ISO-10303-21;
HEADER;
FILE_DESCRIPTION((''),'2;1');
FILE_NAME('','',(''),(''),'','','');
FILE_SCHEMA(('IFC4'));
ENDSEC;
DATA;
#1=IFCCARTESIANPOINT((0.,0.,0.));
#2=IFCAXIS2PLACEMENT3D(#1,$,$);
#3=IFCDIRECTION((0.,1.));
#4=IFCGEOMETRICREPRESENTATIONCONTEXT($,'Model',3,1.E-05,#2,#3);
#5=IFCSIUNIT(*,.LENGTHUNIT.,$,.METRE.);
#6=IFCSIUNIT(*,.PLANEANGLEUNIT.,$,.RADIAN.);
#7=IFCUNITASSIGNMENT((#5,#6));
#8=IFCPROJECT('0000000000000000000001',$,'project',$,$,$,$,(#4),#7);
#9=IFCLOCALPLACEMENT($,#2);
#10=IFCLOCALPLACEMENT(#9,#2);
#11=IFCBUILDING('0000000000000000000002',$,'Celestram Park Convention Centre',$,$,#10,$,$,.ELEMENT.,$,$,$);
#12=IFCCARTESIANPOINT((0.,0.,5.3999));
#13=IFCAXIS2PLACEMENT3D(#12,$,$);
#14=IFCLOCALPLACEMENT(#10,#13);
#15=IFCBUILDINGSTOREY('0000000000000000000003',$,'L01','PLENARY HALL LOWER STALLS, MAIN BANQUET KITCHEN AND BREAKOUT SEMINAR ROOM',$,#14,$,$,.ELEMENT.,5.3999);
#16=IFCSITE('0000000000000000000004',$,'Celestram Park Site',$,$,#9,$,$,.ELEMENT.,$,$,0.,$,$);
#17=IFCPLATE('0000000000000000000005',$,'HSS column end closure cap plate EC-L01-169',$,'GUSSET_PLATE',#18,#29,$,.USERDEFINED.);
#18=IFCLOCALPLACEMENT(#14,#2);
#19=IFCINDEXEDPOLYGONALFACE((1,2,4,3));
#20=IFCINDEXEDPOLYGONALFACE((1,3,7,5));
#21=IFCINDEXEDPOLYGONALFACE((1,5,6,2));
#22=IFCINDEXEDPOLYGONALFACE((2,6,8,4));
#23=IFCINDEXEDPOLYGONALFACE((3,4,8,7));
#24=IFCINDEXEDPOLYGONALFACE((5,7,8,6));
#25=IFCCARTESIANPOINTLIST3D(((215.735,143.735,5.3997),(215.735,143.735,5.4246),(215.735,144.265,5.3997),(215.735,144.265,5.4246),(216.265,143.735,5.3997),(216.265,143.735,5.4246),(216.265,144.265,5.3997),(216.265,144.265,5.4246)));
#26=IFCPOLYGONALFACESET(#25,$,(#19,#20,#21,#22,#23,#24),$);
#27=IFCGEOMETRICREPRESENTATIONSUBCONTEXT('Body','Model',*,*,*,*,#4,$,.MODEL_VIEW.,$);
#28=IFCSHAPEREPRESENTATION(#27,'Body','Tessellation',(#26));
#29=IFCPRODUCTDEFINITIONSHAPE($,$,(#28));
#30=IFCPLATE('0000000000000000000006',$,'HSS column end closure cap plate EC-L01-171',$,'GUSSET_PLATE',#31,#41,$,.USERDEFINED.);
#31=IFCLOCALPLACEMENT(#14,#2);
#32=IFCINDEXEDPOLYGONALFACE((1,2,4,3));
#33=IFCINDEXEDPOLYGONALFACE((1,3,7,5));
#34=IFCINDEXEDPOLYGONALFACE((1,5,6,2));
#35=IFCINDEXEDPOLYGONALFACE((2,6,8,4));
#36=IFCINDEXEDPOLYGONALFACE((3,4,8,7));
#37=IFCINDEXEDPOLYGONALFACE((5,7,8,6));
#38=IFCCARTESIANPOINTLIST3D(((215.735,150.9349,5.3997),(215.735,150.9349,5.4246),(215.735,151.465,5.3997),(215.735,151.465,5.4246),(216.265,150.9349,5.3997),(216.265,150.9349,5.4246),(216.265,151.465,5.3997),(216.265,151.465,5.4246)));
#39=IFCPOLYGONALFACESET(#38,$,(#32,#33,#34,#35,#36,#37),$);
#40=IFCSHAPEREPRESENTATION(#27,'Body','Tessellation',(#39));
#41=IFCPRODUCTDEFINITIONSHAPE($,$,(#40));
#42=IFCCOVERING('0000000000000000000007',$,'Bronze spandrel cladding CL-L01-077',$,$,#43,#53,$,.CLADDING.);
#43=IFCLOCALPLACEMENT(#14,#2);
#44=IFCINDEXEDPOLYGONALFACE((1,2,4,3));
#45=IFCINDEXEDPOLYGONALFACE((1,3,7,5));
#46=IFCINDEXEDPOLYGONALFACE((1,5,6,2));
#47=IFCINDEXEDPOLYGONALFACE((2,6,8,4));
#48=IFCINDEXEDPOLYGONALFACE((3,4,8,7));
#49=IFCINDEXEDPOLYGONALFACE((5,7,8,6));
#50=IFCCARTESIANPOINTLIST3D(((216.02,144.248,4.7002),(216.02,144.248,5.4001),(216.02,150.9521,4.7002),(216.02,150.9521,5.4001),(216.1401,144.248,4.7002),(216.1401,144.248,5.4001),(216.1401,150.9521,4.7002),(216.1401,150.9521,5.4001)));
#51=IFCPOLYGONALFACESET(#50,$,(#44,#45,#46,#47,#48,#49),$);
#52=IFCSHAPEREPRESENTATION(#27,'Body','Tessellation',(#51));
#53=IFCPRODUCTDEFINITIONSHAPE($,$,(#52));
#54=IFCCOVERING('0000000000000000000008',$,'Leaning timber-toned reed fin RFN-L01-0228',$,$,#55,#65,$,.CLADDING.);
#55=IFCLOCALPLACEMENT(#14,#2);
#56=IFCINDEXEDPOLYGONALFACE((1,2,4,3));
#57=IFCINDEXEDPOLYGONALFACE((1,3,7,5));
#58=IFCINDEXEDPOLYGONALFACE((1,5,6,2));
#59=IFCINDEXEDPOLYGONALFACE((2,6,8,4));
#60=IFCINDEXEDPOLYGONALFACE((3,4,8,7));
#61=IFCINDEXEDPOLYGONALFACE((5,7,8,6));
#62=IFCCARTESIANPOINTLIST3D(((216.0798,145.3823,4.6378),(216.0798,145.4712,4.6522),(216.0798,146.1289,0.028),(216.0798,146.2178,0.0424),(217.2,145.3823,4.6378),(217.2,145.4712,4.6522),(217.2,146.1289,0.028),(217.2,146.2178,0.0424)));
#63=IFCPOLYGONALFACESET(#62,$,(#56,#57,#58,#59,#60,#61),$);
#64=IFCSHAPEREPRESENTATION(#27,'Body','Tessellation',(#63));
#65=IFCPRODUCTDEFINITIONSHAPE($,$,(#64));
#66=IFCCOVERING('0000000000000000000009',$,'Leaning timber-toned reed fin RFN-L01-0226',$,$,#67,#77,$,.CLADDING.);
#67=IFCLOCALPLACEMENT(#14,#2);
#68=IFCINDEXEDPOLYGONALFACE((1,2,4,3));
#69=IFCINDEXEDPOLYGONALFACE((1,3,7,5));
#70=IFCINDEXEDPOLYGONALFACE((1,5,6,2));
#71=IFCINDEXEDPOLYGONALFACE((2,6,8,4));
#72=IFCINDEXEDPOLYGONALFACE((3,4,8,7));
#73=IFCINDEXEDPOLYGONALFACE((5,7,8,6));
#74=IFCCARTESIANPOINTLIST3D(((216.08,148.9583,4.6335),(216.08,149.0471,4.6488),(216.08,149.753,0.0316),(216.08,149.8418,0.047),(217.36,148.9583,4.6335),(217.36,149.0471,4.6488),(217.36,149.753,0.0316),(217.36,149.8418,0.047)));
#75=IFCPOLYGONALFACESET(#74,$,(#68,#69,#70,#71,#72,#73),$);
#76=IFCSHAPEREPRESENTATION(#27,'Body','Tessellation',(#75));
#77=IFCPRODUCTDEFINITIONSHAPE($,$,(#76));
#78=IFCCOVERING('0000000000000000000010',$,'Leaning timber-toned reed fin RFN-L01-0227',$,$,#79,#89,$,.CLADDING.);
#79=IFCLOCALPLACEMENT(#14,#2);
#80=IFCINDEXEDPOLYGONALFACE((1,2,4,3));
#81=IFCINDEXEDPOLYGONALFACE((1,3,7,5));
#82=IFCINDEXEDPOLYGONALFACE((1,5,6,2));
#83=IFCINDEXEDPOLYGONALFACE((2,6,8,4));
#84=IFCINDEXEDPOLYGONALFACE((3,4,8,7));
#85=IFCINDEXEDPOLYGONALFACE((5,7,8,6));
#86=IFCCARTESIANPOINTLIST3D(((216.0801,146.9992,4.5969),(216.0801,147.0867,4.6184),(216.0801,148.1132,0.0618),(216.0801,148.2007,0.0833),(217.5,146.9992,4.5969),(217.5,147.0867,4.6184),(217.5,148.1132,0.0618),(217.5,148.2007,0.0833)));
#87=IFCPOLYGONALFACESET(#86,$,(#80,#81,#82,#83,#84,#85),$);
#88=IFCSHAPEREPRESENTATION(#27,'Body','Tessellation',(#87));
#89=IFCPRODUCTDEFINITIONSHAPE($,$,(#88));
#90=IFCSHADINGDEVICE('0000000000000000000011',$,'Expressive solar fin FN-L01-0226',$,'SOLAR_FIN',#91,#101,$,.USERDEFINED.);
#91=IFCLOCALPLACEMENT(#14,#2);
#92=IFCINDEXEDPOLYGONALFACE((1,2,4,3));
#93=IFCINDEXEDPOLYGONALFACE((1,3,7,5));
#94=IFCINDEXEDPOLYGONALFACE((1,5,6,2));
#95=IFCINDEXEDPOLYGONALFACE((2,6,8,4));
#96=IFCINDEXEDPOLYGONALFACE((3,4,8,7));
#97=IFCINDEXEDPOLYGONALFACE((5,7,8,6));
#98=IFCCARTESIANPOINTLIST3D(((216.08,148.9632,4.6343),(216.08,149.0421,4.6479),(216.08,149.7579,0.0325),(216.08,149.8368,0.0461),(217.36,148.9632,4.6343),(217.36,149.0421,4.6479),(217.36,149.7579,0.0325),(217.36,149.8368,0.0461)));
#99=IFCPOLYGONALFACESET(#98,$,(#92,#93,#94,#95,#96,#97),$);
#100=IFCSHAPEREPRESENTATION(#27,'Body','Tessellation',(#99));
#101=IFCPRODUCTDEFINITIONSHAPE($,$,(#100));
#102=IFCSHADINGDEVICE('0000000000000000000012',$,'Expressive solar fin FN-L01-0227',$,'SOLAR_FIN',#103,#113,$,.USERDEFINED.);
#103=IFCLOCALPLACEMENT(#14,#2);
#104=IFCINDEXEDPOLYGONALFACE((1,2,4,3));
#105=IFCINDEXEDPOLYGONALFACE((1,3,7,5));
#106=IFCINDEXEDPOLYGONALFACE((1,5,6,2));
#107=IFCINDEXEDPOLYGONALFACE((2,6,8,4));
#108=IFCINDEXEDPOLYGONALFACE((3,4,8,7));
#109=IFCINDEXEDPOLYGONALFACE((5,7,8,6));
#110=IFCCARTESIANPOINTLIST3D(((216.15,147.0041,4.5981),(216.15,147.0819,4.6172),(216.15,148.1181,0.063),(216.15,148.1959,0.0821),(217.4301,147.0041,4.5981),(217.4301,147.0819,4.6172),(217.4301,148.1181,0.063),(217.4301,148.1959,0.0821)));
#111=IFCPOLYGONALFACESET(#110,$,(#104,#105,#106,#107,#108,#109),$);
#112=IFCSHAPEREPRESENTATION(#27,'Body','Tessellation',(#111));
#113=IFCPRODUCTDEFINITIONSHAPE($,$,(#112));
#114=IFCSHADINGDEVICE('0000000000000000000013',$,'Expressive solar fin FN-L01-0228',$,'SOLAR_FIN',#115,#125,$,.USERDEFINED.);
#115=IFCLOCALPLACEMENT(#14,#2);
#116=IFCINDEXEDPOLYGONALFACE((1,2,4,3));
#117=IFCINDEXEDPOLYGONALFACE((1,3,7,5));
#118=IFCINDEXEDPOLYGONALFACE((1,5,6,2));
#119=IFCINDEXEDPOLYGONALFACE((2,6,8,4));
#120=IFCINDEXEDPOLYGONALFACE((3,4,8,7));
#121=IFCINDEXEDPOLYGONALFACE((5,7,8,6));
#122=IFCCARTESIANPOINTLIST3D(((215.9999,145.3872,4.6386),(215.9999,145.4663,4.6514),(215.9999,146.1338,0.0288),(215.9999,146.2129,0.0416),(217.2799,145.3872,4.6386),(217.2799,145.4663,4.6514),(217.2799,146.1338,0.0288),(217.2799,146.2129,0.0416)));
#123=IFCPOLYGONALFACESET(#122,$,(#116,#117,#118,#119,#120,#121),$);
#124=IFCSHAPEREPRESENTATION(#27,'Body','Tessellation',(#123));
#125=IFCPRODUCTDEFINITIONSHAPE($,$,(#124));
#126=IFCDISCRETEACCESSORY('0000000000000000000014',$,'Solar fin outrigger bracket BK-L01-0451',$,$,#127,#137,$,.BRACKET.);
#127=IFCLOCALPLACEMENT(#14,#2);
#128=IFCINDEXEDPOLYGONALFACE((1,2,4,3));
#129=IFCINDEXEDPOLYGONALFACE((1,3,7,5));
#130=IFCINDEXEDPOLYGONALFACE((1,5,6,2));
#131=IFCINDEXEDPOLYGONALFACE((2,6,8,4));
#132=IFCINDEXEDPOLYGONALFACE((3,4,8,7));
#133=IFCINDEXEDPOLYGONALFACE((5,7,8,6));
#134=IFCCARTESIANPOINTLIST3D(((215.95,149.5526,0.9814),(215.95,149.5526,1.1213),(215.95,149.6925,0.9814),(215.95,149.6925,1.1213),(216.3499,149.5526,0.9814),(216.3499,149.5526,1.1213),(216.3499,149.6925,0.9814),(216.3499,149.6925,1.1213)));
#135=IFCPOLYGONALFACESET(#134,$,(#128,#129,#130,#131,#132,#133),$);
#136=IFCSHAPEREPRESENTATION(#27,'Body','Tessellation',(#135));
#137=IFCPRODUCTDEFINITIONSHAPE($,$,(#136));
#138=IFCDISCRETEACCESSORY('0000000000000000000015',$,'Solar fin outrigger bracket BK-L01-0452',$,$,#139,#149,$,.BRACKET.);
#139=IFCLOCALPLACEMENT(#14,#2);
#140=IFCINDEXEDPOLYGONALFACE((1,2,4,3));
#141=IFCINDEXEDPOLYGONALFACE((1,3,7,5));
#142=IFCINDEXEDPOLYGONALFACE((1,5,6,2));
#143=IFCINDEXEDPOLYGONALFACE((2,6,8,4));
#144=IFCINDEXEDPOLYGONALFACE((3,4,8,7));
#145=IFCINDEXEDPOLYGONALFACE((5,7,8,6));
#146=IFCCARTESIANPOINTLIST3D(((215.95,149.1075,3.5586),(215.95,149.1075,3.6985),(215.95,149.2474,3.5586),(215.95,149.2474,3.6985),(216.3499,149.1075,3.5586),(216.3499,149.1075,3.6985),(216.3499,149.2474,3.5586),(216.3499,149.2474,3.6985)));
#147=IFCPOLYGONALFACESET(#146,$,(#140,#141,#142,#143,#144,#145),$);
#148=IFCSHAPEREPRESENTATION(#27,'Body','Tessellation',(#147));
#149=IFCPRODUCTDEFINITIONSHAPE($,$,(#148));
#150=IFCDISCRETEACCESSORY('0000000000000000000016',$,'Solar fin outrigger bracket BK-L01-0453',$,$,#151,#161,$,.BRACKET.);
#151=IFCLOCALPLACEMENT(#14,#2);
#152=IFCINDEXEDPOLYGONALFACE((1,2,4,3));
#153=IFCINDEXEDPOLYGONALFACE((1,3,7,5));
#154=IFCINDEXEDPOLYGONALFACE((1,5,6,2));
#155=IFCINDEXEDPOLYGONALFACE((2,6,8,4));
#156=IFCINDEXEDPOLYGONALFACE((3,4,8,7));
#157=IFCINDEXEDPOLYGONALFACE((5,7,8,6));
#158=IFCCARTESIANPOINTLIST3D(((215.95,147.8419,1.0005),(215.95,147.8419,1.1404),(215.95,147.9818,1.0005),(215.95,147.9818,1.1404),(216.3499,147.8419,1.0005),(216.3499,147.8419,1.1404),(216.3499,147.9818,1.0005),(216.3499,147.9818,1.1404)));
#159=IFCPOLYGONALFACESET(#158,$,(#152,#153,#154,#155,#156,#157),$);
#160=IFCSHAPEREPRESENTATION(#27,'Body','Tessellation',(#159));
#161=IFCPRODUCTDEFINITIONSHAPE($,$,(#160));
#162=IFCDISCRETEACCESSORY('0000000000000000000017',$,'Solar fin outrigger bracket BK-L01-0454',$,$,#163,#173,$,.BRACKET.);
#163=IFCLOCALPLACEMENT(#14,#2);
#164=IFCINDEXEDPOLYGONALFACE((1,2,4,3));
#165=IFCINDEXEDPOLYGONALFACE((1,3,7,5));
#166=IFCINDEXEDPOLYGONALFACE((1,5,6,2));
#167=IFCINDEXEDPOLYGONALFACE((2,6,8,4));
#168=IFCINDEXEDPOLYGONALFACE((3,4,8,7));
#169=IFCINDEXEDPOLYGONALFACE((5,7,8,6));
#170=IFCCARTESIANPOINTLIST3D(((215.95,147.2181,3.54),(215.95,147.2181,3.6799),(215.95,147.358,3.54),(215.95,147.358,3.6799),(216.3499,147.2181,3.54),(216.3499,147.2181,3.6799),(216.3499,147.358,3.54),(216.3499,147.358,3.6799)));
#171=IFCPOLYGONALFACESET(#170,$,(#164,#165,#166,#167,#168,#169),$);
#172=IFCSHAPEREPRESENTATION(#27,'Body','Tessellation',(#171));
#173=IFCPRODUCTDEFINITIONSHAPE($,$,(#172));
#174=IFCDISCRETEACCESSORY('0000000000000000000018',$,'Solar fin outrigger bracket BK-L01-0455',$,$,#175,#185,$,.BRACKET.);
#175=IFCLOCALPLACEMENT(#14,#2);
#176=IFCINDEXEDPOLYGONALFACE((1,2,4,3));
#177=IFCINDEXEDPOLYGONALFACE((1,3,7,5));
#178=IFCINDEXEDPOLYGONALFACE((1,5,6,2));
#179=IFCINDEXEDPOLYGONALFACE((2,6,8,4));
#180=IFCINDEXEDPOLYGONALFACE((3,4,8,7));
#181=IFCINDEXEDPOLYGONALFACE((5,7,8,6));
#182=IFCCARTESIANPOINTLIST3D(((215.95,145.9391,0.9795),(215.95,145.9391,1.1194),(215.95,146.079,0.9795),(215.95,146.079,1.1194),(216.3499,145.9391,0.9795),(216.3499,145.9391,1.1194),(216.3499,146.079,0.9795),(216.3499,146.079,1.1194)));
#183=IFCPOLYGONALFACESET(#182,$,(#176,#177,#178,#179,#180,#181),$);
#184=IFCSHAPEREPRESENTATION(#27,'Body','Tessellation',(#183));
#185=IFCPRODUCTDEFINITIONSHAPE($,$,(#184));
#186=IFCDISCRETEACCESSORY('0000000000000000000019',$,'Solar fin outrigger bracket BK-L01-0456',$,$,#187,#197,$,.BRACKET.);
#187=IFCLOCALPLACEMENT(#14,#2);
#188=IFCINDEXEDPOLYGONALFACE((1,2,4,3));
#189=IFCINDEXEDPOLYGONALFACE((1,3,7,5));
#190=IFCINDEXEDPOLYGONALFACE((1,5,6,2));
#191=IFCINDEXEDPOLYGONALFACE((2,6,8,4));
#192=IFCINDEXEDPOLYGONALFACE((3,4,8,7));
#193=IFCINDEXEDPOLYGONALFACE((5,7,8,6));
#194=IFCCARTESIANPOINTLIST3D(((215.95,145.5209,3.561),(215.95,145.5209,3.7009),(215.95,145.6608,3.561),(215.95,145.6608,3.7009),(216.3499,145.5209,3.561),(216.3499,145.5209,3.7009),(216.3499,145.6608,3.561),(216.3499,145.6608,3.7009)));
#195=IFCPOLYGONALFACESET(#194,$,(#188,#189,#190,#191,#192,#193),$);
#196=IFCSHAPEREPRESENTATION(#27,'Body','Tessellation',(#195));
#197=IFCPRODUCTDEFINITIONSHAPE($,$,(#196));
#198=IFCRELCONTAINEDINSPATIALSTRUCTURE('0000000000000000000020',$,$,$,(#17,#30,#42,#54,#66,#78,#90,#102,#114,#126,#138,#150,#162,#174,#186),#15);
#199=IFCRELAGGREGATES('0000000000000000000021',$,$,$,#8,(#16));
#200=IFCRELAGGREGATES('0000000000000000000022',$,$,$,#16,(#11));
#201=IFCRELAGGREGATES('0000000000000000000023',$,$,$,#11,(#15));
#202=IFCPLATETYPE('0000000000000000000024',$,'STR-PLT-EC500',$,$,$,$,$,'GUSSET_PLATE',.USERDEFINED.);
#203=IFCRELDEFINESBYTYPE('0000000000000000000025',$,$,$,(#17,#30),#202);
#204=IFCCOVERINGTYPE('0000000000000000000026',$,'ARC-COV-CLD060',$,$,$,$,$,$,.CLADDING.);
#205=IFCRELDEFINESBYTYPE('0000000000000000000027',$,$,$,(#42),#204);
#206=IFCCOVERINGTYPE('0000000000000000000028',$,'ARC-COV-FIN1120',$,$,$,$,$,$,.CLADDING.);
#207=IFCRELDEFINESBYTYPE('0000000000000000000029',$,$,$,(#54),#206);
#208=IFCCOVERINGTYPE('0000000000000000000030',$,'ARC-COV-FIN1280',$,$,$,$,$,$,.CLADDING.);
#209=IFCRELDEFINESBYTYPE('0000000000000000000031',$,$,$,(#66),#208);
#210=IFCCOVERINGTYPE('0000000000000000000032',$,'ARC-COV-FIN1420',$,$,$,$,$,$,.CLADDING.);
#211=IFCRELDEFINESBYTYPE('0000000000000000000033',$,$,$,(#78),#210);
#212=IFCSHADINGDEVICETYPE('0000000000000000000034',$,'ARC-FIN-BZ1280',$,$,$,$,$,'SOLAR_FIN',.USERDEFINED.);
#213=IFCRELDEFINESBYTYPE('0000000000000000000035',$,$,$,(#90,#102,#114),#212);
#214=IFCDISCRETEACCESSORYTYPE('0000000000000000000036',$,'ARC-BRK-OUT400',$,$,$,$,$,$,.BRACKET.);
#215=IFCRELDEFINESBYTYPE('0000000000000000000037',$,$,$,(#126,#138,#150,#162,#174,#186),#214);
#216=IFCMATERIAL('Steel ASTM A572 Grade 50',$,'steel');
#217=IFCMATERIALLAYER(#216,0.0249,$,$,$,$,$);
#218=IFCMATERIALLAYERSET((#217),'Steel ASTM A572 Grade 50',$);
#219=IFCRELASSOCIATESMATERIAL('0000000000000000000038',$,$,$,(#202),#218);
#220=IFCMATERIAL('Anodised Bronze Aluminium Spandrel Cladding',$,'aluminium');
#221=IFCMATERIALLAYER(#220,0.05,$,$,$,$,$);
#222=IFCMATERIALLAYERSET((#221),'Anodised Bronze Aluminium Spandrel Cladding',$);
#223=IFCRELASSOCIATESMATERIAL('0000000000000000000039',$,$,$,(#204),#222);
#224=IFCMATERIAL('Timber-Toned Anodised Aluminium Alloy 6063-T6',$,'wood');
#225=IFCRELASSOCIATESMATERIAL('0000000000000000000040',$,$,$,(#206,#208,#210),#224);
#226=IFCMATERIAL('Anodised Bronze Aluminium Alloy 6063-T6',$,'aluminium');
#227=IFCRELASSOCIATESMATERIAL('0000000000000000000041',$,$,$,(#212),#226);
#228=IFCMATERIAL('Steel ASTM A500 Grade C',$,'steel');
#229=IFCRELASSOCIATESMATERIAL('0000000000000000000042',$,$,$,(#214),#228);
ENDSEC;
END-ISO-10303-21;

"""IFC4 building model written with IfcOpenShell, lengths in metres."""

from ifc_helpers import new_model, si_unit, direction, frame, origin, origin_2d, place, context, subcontext, project, spatial, rectangle, extrude, material, layer, layer_set, material_profile, profile_set, type_object, element, save


model = new_model("IFC4")

# Units and contexts
model_context = context("Model", 3, precision=1e-05, world=origin(), true_north=direction((0.0, 1.0)))
body_context = subcontext(model_context, "Body", "Model", "MODEL_VIEW")
ifc_project = project(units=[si_unit("LENGTHUNIT", "METRE"), si_unit("PLANEANGLEUNIT", "RADIAN")], contexts=[model_context])

# Site, building, storey
site_placement = place(None, origin())
site = spatial("IfcSite", under=ifc_project, at=site_placement, Name="Celestram Park Site", CompositionType="ELEMENT", RefElevation=0.0)
building_placement = place(site_placement, origin())
building = spatial("IfcBuilding", under=site, at=building_placement, Name="Celestram Park Convention Centre", CompositionType="ELEMENT")
storey_placement = place(building_placement, frame((0.0, 0.0, 5.3999)))
storey = spatial("IfcBuildingStorey", under=building, at=storey_placement, Name="L01", Description="PLENARY HALL LOWER STALLS, MAIN BANQUET KITCHEN AND BREAKOUT SEMINAR ROOM", CompositionType="ELEMENT", Elevation=5.3999)

# Shared definitions
ifc_material_1 = material(Name="Steel ASTM A500 Grade C", Category="steel")

# Plates
ifc_material_2 = material(Name="Steel ASTM A572 Grade 50", Category="steel")
ifc_layer_1 = layer(ifc_material_2, 0.0249)
ifc_layer_set_1 = layer_set([ifc_layer_1], Name="Steel ASTM A572 Grade 50")
plate_type_1 = type_object("IfcPlateType", Name="STR-PLT-EC500", ElementType="GUSSET_PLATE", PredefinedType="USERDEFINED", material=ifc_layer_set_1)
for number, where, z_axis, x_axis, name in (
    (1, (216.0, 144.0, 5.3997), (0.0, 0.0, 1.0), (1.0, 0.0, 0.0), "HSS column end closure cap plate EC-L01-169"),
    (2, (216.0, 151.2, 5.3997), (0.0, 0.0, 1.0), (1.0, 0.0, 0.0), "HSS column end closure cap plate EC-L01-171"),
):
    element("IfcPlate", number, at=place(storey_placement, frame(where, z_axis=z_axis, x_axis=x_axis)), inside=storey, type_object=plate_type_1, Name=name, ObjectType="GUSSET_PLATE", PredefinedType="USERDEFINED", context=body_context, shape_type="SweptSolid", body=[
        extrude(rectangle(XDim=0.53, YDim=0.53, at=origin_2d()), origin(), (0.0, 0.0, 1.0), 0.0249),
    ])

# Coverings
ifc_material_3 = material(Name="Anodised Bronze Aluminium Spandrel Cladding", Category="aluminium")
ifc_layer_2 = layer(ifc_material_3, 0.05)
ifc_layer_set_2 = layer_set([ifc_layer_2], Name="Anodised Bronze Aluminium Spandrel Cladding")
covering_type_1 = type_object("IfcCoveringType", Name="ARC-COV-CLD060", PredefinedType="CLADDING", material=ifc_layer_set_2)
covering_1_placement = place(storey_placement, frame((216.0801, 147.6001, 4.7002), z_axis=(0.0, 0.0, 1.0), x_axis=(0.0, -1.0, 0.0)))
element("IfcCovering", 3, at=covering_1_placement, inside=storey, type_object=covering_type_1, Name="Bronze spandrel cladding CL-L01-077", PredefinedType="CLADDING", context=body_context, shape_type="SweptSolid", body=[
    extrude(rectangle(XDim=6.7041, YDim=0.1201, at=origin_2d()), origin(), (0.0, 0.0, 1.0), 0.7),
])
ifc_material_4 = material(Name="Timber-Toned Anodised Aluminium Alloy 6063-T6", Category="wood")
ifc_material_profile_1 = material_profile(ifc_material_4, rectangle(XDim=1.1201, YDim=0.0901, at=origin_2d()), Name="REED1120X90")
ifc_profile_set_1 = profile_set([ifc_material_profile_1], Name="Timber-Toned Anodised Aluminium Alloy 6063-T6")
covering_type_2 = type_object("IfcCoveringType", Name="ARC-COV-FIN1120", PredefinedType="CLADDING", material=ifc_profile_set_1)
covering_2_placement = place(storey_placement, frame((216.6399, 146.1733, 0.0352), z_axis=(0.0, -0.15987, 0.987138), x_axis=(1.0, 0.0, 0.0)))
element("IfcCovering", 4, at=covering_2_placement, inside=storey, type_object=covering_type_2, Name="Leaning timber-toned reed fin RFN-L01-0228", PredefinedType="CLADDING", context=body_context, shape_type="SweptSolid", body=[
    extrude(rectangle(XDim=1.1201, YDim=0.0901, at=origin_2d()), origin(), (0.0, 0.0, 1.0), 4.6699),
])
ifc_material_profile_2 = material_profile(ifc_material_4, rectangle(XDim=1.28, YDim=0.0901, at=origin_2d()), Name="REED1280X90")
ifc_profile_set_2 = profile_set([ifc_material_profile_2], Name="Timber-Toned Anodised Aluminium Alloy 6063-T6")
covering_type_3 = type_object("IfcCoveringType", Name="ARC-COV-FIN1280", PredefinedType="CLADDING", material=ifc_profile_set_2)
covering_3_placement = place(storey_placement, frame((216.72, 149.7974, 0.0393), z_axis=(0.0, -0.17017, 0.985415), x_axis=(1.0, 0.0, 0.0)))
element("IfcCovering", 5, at=covering_3_placement, inside=storey, type_object=covering_type_3, Name="Leaning timber-toned reed fin RFN-L01-0226", PredefinedType="CLADDING", context=body_context, shape_type="SweptSolid", body=[
    extrude(rectangle(XDim=1.28, YDim=0.0901, at=origin_2d()), origin(), (0.0, 0.0, 1.0), 4.6699),
])
ifc_material_profile_3 = material_profile(ifc_material_4, rectangle(XDim=1.4199, YDim=0.0901, at=origin_2d()), Name="REED1420X90")
ifc_profile_set_3 = profile_set([ifc_material_profile_3], Name="Timber-Toned Anodised Aluminium Alloy 6063-T6")
covering_type_4 = type_object("IfcCoveringType", Name="ARC-COV-FIN1420", PredefinedType="CLADDING", material=ifc_profile_set_3)
covering_4_placement = place(storey_placement, frame((216.79, 148.157, 0.0725), z_axis=(0.0, -0.238548, 0.971131), x_axis=(1.0, 0.0, 0.0)))
element("IfcCovering", 6, at=covering_4_placement, inside=storey, type_object=covering_type_4, Name="Leaning timber-toned reed fin RFN-L01-0227", PredefinedType="CLADDING", context=body_context, shape_type="SweptSolid", body=[
    extrude(rectangle(XDim=1.4199, YDim=0.0901, at=origin_2d()), origin(), (0.0, 0.0, 1.0), 4.6699),
])

# Shading devices
ifc_material_5 = material(Name="Anodised Bronze Aluminium Alloy 6063-T6", Category="aluminium")
ifc_material_profile_4 = material_profile(ifc_material_5, rectangle(XDim=1.28, YDim=0.0801, at=origin_2d()), Name="FIN1280X80")
ifc_profile_set_4 = profile_set([ifc_material_profile_4], Name="Anodised Bronze Aluminium Alloy 6063-T6")
shading_device_type = type_object("IfcShadingDeviceType", Name="ARC-FIN-BZ1280", ElementType="SOLAR_FIN", PredefinedType="USERDEFINED", material=ifc_profile_set_4)
for number, where, z_axis, x_axis, name in (
    (7, (216.72, 149.7974, 0.0393), (0.0, -0.17017, 0.985415), (1.0, 0.0, 0.0), "Expressive solar fin FN-L01-0226"),
    (8, (216.79, 148.157, 0.0725), (0.0, -0.238548, 0.971131), (1.0, 0.0, 0.0), "Expressive solar fin FN-L01-0227"),
    (9, (216.6399, 146.1733, 0.0352), (0.0, -0.15987, 0.987138), (1.0, 0.0, 0.0), "Expressive solar fin FN-L01-0228"),
):
    element("IfcShadingDevice", number, at=place(storey_placement, frame(where, z_axis=z_axis, x_axis=x_axis)), inside=storey, type_object=shading_device_type, Name=name, ObjectType="SOLAR_FIN", PredefinedType="USERDEFINED", context=body_context, shape_type="SweptSolid", body=[
        extrude(rectangle(XDim=1.28, YDim=0.0801, at=origin_2d()), origin(), (0.0, 0.0, 1.0), 4.6699),
    ])

# Discrete accessories
discrete_accessory_type = type_object("IfcDiscreteAccessoryType", Name="ARC-BRK-OUT400", PredefinedType="BRACKET", material=ifc_material_1)
for number, where, z_axis, x_axis, name in (
    (10, (216.1499, 149.6226, 0.9814), (0.0, 0.0, 1.0), (1.0, 0.0, 0.0), "Solar fin outrigger bracket BK-L01-0451"),
    (11, (216.1499, 149.1775, 3.5586), (0.0, 0.0, 1.0), (1.0, 0.0, 0.0), "Solar fin outrigger bracket BK-L01-0452"),
    (12, (216.1499, 147.9119, 1.0005), (0.0, 0.0, 1.0), (1.0, 0.0, 0.0), "Solar fin outrigger bracket BK-L01-0453"),
    (13, (216.1499, 147.2881, 3.54), (0.0, 0.0, 1.0), (1.0, 0.0, 0.0), "Solar fin outrigger bracket BK-L01-0454"),
    (14, (216.1499, 146.009, 0.9795), (0.0, 0.0, 1.0), (1.0, 0.0, 0.0), "Solar fin outrigger bracket BK-L01-0455"),
    (15, (216.1499, 145.5908, 3.561), (0.0, 0.0, 1.0), (1.0, 0.0, 0.0), "Solar fin outrigger bracket BK-L01-0456"),
):
    element("IfcDiscreteAccessory", number, at=place(storey_placement, frame(where, z_axis=z_axis, x_axis=x_axis)), inside=storey, type_object=discrete_accessory_type, Name=name, PredefinedType="BRACKET", context=body_context, shape_type="SweptSolid", body=[
        extrude(rectangle(XDim=0.3999, YDim=0.1399, at=origin_2d()), origin(), (0.0, 0.0, 1.0), 0.1399),
    ])

save(model, "model.ifc")
